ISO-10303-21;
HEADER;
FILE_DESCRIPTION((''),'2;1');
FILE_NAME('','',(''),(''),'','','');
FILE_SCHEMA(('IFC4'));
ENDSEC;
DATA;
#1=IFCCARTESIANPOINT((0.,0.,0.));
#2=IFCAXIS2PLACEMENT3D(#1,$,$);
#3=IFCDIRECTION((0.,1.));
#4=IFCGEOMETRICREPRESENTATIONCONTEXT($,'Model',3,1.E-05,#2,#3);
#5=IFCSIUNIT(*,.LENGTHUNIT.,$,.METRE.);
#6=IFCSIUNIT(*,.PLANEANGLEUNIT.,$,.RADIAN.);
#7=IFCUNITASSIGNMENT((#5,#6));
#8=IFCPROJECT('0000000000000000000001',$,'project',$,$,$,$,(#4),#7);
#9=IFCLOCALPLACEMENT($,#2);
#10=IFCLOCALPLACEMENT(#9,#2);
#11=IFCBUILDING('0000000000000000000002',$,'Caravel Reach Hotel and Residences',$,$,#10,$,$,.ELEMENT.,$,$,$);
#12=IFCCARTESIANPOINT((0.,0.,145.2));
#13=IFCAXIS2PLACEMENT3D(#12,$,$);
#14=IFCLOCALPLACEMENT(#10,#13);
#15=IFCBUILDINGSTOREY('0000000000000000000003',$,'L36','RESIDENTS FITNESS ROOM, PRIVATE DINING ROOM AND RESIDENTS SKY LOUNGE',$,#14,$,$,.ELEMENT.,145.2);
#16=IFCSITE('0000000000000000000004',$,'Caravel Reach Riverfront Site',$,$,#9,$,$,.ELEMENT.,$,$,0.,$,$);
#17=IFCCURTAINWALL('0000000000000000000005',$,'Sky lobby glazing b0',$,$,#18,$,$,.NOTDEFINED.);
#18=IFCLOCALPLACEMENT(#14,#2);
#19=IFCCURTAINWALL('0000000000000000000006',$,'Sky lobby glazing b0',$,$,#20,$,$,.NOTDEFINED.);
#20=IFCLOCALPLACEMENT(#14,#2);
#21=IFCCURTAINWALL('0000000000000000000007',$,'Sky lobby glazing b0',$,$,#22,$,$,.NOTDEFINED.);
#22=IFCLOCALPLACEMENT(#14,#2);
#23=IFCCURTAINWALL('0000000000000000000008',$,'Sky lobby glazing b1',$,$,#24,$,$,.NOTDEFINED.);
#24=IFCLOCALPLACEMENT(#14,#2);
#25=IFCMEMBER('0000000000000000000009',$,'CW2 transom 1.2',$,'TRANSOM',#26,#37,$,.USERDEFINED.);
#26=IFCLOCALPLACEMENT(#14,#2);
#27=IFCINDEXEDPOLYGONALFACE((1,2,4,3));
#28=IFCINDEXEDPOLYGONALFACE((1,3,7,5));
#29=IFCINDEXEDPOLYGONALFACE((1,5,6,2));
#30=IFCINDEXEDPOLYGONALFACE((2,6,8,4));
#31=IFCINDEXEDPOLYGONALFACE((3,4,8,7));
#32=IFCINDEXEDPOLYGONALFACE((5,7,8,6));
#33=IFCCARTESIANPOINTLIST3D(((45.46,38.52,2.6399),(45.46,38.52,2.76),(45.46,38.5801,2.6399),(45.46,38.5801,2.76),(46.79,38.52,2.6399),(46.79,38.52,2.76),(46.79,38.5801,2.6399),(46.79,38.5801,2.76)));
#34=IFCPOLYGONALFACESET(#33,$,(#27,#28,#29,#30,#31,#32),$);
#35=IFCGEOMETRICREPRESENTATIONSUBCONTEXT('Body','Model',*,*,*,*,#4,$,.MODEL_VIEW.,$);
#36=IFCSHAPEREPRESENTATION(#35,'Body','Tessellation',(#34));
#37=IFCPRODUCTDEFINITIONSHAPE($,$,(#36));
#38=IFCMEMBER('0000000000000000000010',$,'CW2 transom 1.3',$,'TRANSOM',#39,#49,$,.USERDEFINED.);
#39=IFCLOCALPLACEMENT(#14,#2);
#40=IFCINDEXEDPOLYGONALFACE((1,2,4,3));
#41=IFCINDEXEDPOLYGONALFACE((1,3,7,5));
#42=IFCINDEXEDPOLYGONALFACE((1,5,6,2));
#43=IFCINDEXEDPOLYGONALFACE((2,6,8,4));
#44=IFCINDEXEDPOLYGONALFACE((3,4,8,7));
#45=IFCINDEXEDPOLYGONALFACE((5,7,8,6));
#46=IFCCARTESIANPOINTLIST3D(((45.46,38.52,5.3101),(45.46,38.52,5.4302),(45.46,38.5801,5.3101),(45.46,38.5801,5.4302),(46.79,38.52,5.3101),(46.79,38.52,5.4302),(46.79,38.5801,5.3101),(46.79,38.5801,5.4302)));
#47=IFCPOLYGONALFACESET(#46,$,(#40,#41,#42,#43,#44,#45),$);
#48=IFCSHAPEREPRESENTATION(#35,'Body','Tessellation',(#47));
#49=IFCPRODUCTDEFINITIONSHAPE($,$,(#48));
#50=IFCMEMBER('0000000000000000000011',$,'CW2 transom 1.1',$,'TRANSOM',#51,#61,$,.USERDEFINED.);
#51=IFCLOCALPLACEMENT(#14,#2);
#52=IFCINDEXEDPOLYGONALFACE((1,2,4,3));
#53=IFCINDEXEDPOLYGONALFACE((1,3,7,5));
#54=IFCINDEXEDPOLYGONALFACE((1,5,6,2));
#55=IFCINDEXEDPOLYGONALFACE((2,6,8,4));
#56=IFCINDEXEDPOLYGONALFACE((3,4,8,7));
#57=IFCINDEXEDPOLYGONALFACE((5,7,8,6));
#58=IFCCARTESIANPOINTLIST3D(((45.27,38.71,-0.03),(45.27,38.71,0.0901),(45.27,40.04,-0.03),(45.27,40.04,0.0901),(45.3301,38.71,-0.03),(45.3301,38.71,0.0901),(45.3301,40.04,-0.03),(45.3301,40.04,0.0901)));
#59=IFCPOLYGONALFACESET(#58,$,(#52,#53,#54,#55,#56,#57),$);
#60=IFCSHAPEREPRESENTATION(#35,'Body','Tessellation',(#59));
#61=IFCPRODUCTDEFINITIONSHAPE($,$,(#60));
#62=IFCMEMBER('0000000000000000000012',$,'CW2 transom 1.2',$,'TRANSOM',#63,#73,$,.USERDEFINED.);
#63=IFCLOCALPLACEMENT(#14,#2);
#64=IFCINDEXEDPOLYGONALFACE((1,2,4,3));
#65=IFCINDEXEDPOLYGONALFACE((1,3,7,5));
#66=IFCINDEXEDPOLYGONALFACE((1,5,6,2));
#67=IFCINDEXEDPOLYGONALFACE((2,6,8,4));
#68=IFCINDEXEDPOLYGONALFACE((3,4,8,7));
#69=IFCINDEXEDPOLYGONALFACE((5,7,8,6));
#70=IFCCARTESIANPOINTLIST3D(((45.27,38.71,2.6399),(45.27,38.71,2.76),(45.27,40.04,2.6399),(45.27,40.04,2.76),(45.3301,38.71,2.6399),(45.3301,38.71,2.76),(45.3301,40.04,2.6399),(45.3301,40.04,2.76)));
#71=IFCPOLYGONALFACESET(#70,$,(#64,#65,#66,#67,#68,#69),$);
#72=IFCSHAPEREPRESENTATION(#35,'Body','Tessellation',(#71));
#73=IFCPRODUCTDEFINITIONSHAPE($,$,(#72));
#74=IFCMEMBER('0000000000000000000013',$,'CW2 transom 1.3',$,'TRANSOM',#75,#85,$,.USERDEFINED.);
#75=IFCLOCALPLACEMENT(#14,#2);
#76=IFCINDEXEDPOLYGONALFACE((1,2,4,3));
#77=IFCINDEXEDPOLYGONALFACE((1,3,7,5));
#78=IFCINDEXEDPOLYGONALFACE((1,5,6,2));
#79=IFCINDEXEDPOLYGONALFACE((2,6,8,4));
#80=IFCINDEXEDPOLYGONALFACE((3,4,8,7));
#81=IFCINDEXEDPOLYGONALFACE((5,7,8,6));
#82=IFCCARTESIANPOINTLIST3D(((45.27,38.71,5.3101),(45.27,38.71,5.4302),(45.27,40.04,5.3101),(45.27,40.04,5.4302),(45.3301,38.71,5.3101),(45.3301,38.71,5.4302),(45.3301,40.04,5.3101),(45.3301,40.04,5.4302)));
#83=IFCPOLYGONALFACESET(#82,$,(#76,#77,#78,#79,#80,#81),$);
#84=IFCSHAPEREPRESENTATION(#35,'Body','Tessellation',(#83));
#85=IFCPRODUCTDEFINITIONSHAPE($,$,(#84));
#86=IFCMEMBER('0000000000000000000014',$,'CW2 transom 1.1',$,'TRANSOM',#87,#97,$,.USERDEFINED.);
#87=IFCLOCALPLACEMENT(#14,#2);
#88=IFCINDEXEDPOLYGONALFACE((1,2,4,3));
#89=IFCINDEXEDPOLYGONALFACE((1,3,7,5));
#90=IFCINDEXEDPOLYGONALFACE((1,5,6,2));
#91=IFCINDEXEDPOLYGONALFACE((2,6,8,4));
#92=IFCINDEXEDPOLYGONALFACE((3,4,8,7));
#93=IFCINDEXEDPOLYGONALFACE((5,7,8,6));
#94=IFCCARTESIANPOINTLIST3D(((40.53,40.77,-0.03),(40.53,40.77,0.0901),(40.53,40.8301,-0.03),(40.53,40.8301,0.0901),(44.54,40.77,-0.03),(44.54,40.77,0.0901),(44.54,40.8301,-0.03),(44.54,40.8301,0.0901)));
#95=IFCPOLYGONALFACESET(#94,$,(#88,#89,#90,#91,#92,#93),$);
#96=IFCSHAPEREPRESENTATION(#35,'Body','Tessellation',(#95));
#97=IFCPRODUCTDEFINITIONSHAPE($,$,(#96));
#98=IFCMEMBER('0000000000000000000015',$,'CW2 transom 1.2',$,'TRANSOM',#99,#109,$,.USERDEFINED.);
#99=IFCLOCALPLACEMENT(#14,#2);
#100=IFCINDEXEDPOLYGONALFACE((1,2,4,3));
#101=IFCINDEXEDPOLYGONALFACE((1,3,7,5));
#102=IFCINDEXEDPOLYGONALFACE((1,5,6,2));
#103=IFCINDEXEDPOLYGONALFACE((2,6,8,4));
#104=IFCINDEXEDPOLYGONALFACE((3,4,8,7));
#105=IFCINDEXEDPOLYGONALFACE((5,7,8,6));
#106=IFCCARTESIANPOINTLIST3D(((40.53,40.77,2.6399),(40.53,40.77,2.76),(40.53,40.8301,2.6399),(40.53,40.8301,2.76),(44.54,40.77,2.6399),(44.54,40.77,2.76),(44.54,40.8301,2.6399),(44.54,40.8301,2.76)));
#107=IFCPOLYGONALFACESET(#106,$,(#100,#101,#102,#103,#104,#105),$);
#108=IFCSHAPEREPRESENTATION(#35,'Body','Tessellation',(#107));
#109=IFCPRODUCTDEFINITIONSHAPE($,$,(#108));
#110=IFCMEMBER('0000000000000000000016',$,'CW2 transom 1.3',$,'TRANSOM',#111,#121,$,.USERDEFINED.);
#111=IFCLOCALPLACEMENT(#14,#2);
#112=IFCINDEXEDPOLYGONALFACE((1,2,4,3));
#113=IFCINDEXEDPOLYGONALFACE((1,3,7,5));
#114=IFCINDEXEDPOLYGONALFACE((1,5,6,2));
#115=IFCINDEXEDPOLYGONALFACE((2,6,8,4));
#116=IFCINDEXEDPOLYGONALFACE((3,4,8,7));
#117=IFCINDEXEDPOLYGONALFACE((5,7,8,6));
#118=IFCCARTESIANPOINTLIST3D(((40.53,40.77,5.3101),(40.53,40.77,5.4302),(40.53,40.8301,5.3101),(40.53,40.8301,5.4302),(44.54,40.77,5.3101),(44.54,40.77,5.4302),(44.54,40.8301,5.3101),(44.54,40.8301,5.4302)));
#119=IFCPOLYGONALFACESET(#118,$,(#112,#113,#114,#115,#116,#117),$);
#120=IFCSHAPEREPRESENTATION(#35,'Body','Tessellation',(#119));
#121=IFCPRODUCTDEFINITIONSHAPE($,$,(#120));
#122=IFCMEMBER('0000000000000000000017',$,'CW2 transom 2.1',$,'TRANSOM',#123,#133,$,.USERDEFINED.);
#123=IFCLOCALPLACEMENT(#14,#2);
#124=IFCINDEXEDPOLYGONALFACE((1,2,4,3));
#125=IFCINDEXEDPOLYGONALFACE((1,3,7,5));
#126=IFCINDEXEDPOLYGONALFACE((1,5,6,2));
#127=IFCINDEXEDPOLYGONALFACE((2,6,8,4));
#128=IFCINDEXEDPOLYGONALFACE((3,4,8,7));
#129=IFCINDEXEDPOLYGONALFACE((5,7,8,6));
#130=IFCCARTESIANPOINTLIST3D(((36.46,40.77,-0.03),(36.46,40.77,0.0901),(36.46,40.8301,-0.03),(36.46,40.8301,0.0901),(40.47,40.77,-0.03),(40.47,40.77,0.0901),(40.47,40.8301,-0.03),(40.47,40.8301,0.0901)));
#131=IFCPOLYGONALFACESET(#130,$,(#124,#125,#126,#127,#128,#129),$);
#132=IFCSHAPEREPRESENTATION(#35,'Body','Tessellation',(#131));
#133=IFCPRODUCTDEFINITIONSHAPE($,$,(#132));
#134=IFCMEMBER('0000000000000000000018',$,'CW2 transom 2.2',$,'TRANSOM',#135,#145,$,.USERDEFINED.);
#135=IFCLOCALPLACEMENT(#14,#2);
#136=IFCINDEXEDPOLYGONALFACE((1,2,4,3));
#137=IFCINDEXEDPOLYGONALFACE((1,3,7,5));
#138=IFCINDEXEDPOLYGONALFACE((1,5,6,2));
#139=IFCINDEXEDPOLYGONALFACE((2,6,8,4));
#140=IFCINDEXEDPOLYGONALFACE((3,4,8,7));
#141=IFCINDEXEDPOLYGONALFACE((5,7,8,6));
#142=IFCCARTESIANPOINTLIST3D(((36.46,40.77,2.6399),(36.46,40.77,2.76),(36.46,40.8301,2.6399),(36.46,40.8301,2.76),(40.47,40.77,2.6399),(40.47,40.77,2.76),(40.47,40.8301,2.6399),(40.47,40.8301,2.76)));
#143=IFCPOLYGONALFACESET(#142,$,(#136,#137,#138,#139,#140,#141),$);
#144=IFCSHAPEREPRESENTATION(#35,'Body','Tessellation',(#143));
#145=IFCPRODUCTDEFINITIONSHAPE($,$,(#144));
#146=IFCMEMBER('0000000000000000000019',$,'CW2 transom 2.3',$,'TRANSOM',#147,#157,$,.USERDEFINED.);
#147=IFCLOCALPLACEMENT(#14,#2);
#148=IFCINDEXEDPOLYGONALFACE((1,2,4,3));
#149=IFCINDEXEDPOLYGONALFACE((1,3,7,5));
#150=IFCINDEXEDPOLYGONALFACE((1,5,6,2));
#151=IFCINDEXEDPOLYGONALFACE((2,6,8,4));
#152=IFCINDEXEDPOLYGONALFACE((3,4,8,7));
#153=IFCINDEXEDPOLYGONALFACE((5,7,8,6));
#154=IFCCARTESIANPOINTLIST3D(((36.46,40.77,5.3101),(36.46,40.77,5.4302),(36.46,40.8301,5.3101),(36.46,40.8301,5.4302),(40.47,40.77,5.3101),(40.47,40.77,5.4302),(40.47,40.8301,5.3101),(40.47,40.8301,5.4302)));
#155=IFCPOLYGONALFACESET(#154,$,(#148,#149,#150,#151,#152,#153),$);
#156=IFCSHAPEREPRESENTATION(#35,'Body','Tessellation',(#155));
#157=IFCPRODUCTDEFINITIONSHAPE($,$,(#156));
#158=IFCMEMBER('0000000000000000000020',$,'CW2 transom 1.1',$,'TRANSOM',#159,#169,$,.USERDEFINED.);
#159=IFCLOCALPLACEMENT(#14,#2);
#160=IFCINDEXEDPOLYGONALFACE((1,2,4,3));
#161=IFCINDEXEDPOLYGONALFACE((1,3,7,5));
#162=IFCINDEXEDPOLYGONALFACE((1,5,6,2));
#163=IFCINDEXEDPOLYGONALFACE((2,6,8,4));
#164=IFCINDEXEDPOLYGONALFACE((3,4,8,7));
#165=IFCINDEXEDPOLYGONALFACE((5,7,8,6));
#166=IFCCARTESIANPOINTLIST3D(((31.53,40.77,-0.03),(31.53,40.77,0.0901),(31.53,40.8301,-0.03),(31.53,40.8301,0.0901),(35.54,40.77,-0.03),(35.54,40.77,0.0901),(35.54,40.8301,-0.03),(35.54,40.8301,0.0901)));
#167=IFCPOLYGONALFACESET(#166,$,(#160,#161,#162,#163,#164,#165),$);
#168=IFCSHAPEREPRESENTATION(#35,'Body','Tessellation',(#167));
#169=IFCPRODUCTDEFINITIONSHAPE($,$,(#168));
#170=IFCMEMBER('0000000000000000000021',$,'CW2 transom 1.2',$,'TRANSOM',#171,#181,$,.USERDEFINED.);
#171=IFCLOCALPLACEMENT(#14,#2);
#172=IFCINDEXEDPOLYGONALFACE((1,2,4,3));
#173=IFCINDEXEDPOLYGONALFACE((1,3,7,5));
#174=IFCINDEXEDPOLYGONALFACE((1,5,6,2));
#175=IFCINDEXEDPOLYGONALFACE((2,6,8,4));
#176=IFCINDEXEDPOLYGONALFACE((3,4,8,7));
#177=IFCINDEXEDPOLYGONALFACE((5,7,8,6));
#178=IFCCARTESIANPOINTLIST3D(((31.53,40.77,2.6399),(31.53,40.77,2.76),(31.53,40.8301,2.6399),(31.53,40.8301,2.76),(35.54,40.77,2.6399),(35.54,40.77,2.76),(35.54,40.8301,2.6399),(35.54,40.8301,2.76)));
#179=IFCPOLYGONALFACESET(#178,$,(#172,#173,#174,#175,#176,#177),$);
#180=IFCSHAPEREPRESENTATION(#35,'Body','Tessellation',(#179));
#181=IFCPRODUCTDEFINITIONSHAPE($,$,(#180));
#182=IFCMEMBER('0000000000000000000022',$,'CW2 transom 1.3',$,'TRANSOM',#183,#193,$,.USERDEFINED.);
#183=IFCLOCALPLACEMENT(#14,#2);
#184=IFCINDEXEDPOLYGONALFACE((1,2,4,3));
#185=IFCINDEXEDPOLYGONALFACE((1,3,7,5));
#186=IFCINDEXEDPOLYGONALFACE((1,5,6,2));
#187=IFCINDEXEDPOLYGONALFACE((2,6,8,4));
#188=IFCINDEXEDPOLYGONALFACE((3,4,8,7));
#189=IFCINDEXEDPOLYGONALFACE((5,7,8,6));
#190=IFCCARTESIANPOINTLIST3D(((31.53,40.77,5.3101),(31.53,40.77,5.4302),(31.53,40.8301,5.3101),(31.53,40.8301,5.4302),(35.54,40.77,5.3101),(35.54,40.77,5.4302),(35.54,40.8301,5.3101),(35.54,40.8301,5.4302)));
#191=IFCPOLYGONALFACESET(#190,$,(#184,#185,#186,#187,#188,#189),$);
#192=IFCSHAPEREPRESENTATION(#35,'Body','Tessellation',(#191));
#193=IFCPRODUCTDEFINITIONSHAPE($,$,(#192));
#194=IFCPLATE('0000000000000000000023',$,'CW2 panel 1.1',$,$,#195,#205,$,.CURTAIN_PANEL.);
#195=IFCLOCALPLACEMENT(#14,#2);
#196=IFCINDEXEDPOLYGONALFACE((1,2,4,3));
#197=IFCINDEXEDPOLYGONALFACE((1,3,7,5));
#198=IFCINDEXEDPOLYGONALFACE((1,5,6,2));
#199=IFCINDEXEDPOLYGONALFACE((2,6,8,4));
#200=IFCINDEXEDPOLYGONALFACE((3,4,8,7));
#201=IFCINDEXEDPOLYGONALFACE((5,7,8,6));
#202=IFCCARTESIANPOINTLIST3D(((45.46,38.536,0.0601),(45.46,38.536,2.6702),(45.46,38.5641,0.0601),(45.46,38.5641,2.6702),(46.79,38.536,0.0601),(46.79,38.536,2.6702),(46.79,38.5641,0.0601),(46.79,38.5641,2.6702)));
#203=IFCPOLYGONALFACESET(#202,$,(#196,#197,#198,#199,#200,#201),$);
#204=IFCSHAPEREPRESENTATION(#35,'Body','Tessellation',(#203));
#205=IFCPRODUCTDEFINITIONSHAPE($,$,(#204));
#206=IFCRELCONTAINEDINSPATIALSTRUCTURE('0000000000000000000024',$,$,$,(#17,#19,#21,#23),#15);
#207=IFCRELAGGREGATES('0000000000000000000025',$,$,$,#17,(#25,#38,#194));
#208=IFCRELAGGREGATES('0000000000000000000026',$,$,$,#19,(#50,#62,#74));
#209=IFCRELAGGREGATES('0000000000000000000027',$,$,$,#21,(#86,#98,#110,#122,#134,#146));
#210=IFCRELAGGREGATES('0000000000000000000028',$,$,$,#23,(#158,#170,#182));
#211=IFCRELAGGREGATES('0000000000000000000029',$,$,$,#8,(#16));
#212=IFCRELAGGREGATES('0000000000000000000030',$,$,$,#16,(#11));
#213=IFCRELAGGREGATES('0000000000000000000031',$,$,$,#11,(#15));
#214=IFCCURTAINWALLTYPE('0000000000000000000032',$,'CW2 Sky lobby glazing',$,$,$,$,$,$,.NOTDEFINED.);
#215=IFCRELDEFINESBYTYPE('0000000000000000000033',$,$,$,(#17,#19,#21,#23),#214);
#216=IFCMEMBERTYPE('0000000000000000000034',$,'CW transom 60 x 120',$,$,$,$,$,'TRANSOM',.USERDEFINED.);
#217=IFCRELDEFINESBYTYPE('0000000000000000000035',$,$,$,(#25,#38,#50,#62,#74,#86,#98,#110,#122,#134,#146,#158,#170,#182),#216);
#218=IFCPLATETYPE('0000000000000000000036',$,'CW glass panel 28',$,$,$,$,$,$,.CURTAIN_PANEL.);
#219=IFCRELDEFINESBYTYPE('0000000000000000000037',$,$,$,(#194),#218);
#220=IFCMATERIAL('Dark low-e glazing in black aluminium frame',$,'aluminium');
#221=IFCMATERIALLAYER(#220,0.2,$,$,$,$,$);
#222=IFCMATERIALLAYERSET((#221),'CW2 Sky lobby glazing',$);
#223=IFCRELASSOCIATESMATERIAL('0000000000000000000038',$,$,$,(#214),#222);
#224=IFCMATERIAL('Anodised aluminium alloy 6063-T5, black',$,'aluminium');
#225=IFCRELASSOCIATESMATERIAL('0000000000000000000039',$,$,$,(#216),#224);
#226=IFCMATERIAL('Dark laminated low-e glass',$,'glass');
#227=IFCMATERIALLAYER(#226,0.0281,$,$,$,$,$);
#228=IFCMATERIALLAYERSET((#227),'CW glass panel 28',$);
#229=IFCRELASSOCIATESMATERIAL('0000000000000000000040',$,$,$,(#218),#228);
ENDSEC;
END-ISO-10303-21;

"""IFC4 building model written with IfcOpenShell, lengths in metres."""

from ifc_helpers import new_model, si_unit, direction, frame, origin, origin_2d, place, context, subcontext, project, spatial, rectangle, extrude, material, layer, layer_set, material_profile, profile_set, type_object, element, aggregate, save


model = new_model("IFC4")

# Units and contexts
model_context = context("Model", 3, precision=1e-05, world=origin(), true_north=direction((0.0, 1.0)))
body_context = subcontext(model_context, "Body", "Model", "MODEL_VIEW")
ifc_project = project(units=[si_unit("LENGTHUNIT", "METRE"), si_unit("PLANEANGLEUNIT", "RADIAN")], contexts=[model_context])

# Site, building, storey
site_placement = place(None, origin())
site = spatial("IfcSite", under=ifc_project, at=site_placement, Name="Caravel Reach Riverfront Site", CompositionType="ELEMENT", RefElevation=0.0)
building_placement = place(site_placement, origin())
building = spatial("IfcBuilding", under=site, at=building_placement, Name="Caravel Reach Hotel and Residences", CompositionType="ELEMENT")
storey_placement = place(building_placement, frame((0.0, 0.0, 145.2)))
storey = spatial("IfcBuildingStorey", under=building, at=storey_placement, Name="L36", Description="RESIDENTS FITNESS ROOM, PRIVATE DINING ROOM AND RESIDENTS SKY LOUNGE", CompositionType="ELEMENT", Elevation=145.2)

# Curtain walls
ifc_material_1 = material(Name="Dark low-e glazing in black aluminium frame", Category="aluminium")
ifc_layer_1 = layer(ifc_material_1, 0.2)
ifc_layer_set_1 = layer_set([ifc_layer_1], Name="CW2 Sky lobby glazing")
curtain_wall_type = type_object("IfcCurtainWallType", Name="CW2 Sky lobby glazing", PredefinedType="NOTDEFINED", material=ifc_layer_set_1)
curtain_wall_1_placement = place(storey_placement, origin())
curtain_wall_1 = element("IfcCurtainWall", 1, at=curtain_wall_1_placement, inside=storey, type_object=curtain_wall_type, Name="Sky lobby glazing b0", PredefinedType="NOTDEFINED")
curtain_wall_2_placement = place(storey_placement, origin())
curtain_wall_2 = element("IfcCurtainWall", 2, at=curtain_wall_2_placement, inside=storey, type_object=curtain_wall_type, Name="Sky lobby glazing b0", PredefinedType="NOTDEFINED")
curtain_wall_3_placement = place(storey_placement, origin())
curtain_wall_3 = element("IfcCurtainWall", 3, at=curtain_wall_3_placement, inside=storey, type_object=curtain_wall_type, Name="Sky lobby glazing b0", PredefinedType="NOTDEFINED")
curtain_wall_4_placement = place(storey_placement, origin())
curtain_wall_4 = element("IfcCurtainWall", 4, at=curtain_wall_4_placement, inside=storey, type_object=curtain_wall_type, Name="Sky lobby glazing b1", PredefinedType="NOTDEFINED")

# Members
ifc_material_2 = material(Name="Anodised aluminium alloy 6063-T5, black", Category="aluminium")
ifc_material_profile_1 = material_profile(ifc_material_2, rectangle(XDim=0.0601, YDim=0.1201, at=origin_2d()), Name="CW transom 60 x 120")
ifc_profile_set_1 = profile_set([ifc_material_profile_1], Name="Anodised aluminium alloy 6063-T5, black")
member_type_1 = type_object("IfcMemberType", Name="CW transom 60 x 120", ElementType="TRANSOM", PredefinedType="USERDEFINED", material=ifc_profile_set_1)
member_1_placement = place(storey_placement, frame((46.79, 38.55, 2.7), z_axis=(-1.0, 0.0, 0.0), x_axis=(0.0, -1.0, 0.0)))
member_1 = element("IfcMember", 5, at=member_1_placement, type_object=member_type_1, Name="CW2 transom 1.2", ObjectType="TRANSOM", PredefinedType="USERDEFINED", context=body_context, shape_type="SweptSolid", body=[
    extrude(rectangle(XDim=0.0601, YDim=0.1201, at=origin_2d()), origin(), (0.0, 0.0, 1.0), 1.3301),
])
member_2_placement = place(storey_placement, frame((46.79, 38.55, 5.3701), z_axis=(-1.0, 0.0, 0.0), x_axis=(0.0, -1.0, 0.0)))
member_2 = element("IfcMember", 6, at=member_2_placement, type_object=member_type_1, Name="CW2 transom 1.3", ObjectType="TRANSOM", PredefinedType="USERDEFINED", context=body_context, shape_type="SweptSolid", body=[
    extrude(rectangle(XDim=0.0601, YDim=0.1201, at=origin_2d()), origin(), (0.0, 0.0, 1.0), 1.3301),
])
member_3_placement = place(storey_placement, frame((45.3, 38.71, 0.03), z_axis=(0.0, 1.0, 0.0), x_axis=(-1.0, 0.0, 0.0)))
member_3 = element("IfcMember", 7, at=member_3_placement, type_object=member_type_1, Name="CW2 transom 1.1", ObjectType="TRANSOM", PredefinedType="USERDEFINED", context=body_context, shape_type="SweptSolid", body=[
    extrude(rectangle(XDim=0.0601, YDim=0.1201, at=origin_2d()), origin(), (0.0, 0.0, 1.0), 1.3301),
])
member_4_placement = place(storey_placement, frame((45.3, 38.71, 2.7), z_axis=(0.0, 1.0, 0.0), x_axis=(-1.0, 0.0, 0.0)))
member_4 = element("IfcMember", 8, at=member_4_placement, type_object=member_type_1, Name="CW2 transom 1.2", ObjectType="TRANSOM", PredefinedType="USERDEFINED", context=body_context, shape_type="SweptSolid", body=[
    extrude(rectangle(XDim=0.0601, YDim=0.1201, at=origin_2d()), origin(), (0.0, 0.0, 1.0), 1.3301),
])
member_5_placement = place(storey_placement, frame((45.3, 38.71, 5.3701), z_axis=(0.0, 1.0, 0.0), x_axis=(-1.0, 0.0, 0.0)))
member_5 = element("IfcMember", 9, at=member_5_placement, type_object=member_type_1, Name="CW2 transom 1.3", ObjectType="TRANSOM", PredefinedType="USERDEFINED", context=body_context, shape_type="SweptSolid", body=[
    extrude(rectangle(XDim=0.0601, YDim=0.1201, at=origin_2d()), origin(), (0.0, 0.0, 1.0), 1.3301),
])
member_6_placement = place(storey_placement, frame((44.54, 40.8, 0.03), z_axis=(-1.0, 0.0, 0.0), x_axis=(0.0, -1.0, 0.0)))
member_6 = element("IfcMember", 10, at=member_6_placement, type_object=member_type_1, Name="CW2 transom 1.1", ObjectType="TRANSOM", PredefinedType="USERDEFINED", context=body_context, shape_type="SweptSolid", body=[
    extrude(rectangle(XDim=0.0601, YDim=0.1201, at=origin_2d()), origin(), (0.0, 0.0, 1.0), 4.01),
])
member_7_placement = place(storey_placement, frame((44.54, 40.8, 2.7), z_axis=(-1.0, 0.0, 0.0), x_axis=(0.0, -1.0, 0.0)))
member_7 = element("IfcMember", 11, at=member_7_placement, type_object=member_type_1, Name="CW2 transom 1.2", ObjectType="TRANSOM", PredefinedType="USERDEFINED", context=body_context, shape_type="SweptSolid", body=[
    extrude(rectangle(XDim=0.0601, YDim=0.1201, at=origin_2d()), origin(), (0.0, 0.0, 1.0), 4.01),
])
member_8_placement = place(storey_placement, frame((44.54, 40.8, 5.3701), z_axis=(-1.0, 0.0, 0.0), x_axis=(0.0, -1.0, 0.0)))
member_8 = element("IfcMember", 12, at=member_8_placement, type_object=member_type_1, Name="CW2 transom 1.3", ObjectType="TRANSOM", PredefinedType="USERDEFINED", context=body_context, shape_type="SweptSolid", body=[
    extrude(rectangle(XDim=0.0601, YDim=0.1201, at=origin_2d()), origin(), (0.0, 0.0, 1.0), 4.01),
])
member_9_placement = place(storey_placement, frame((40.47, 40.8, 0.03), z_axis=(-1.0, 0.0, 0.0), x_axis=(0.0, -1.0, 0.0)))
member_9 = element("IfcMember", 13, at=member_9_placement, type_object=member_type_1, Name="CW2 transom 2.1", ObjectType="TRANSOM", PredefinedType="USERDEFINED", context=body_context, shape_type="SweptSolid", body=[
    extrude(rectangle(XDim=0.0601, YDim=0.1201, at=origin_2d()), origin(), (0.0, 0.0, 1.0), 4.01),
])
member_10_placement = place(storey_placement, frame((40.47, 40.8, 2.7), z_axis=(-1.0, 0.0, 0.0), x_axis=(0.0, -1.0, 0.0)))
member_10 = element("IfcMember", 14, at=member_10_placement, type_object=member_type_1, Name="CW2 transom 2.2", ObjectType="TRANSOM", PredefinedType="USERDEFINED", context=body_context, shape_type="SweptSolid", body=[
    extrude(rectangle(XDim=0.0601, YDim=0.1201, at=origin_2d()), origin(), (0.0, 0.0, 1.0), 4.01),
])
member_11_placement = place(storey_placement, frame((40.47, 40.8, 5.3701), z_axis=(-1.0, 0.0, 0.0), x_axis=(0.0, -1.0, 0.0)))
member_11 = element("IfcMember", 15, at=member_11_placement, type_object=member_type_1, Name="CW2 transom 2.3", ObjectType="TRANSOM", PredefinedType="USERDEFINED", context=body_context, shape_type="SweptSolid", body=[
    extrude(rectangle(XDim=0.0601, YDim=0.1201, at=origin_2d()), origin(), (0.0, 0.0, 1.0), 4.01),
])
member_12_placement = place(storey_placement, frame((35.54, 40.8, 0.03), z_axis=(-1.0, 0.0, 0.0), x_axis=(0.0, -1.0, 0.0)))
member_12 = element("IfcMember", 16, at=member_12_placement, type_object=member_type_1, Name="CW2 transom 1.1", ObjectType="TRANSOM", PredefinedType="USERDEFINED", context=body_context, shape_type="SweptSolid", body=[
    extrude(rectangle(XDim=0.0601, YDim=0.1201, at=origin_2d()), origin(), (0.0, 0.0, 1.0), 4.01),
])
member_13_placement = place(storey_placement, frame((35.54, 40.8, 2.7), z_axis=(-1.0, 0.0, 0.0), x_axis=(0.0, -1.0, 0.0)))
member_13 = element("IfcMember", 17, at=member_13_placement, type_object=member_type_1, Name="CW2 transom 1.2", ObjectType="TRANSOM", PredefinedType="USERDEFINED", context=body_context, shape_type="SweptSolid", body=[
    extrude(rectangle(XDim=0.0601, YDim=0.1201, at=origin_2d()), origin(), (0.0, 0.0, 1.0), 4.01),
])
member_14_placement = place(storey_placement, frame((35.54, 40.8, 5.3701), z_axis=(-1.0, 0.0, 0.0), x_axis=(0.0, -1.0, 0.0)))
member_14 = element("IfcMember", 18, at=member_14_placement, type_object=member_type_1, Name="CW2 transom 1.3", ObjectType="TRANSOM", PredefinedType="USERDEFINED", context=body_context, shape_type="SweptSolid", body=[
    extrude(rectangle(XDim=0.0601, YDim=0.1201, at=origin_2d()), origin(), (0.0, 0.0, 1.0), 4.01),
])

# Plate
ifc_material_3 = material(Name="Dark laminated low-e glass", Category="glass")
ifc_layer_2 = layer(ifc_material_3, 0.0281)
ifc_layer_set_2 = layer_set([ifc_layer_2], Name="CW glass panel 28")
plate_type = type_object("IfcPlateType", Name="CW glass panel 28", PredefinedType="CURTAIN_PANEL", material=ifc_layer_set_2)
plate_1_placement = place(storey_placement, frame((46.125, 38.55, 0.0601), z_axis=(0.0, 0.0, 1.0), x_axis=(-1.0, 0.0, 0.0)))
plate_1 = element("IfcPlate", 19, at=plate_1_placement, type_object=plate_type, Name="CW2 panel 1.1", PredefinedType="CURTAIN_PANEL", context=body_context, shape_type="SweptSolid", body=[
    extrude(rectangle(XDim=1.3301, YDim=0.0281, at=origin_2d()), origin(), (0.0, 0.0, 1.0), 2.6101),
])
aggregate(curtain_wall_1, [member_1, member_2, plate_1])
aggregate(curtain_wall_2, [member_3, member_4, member_5])
aggregate(curtain_wall_3, [member_6, member_7, member_8, member_9, member_10, member_11])
aggregate(curtain_wall_4, [member_12, member_13, member_14])

save(model, "model.ifc")
